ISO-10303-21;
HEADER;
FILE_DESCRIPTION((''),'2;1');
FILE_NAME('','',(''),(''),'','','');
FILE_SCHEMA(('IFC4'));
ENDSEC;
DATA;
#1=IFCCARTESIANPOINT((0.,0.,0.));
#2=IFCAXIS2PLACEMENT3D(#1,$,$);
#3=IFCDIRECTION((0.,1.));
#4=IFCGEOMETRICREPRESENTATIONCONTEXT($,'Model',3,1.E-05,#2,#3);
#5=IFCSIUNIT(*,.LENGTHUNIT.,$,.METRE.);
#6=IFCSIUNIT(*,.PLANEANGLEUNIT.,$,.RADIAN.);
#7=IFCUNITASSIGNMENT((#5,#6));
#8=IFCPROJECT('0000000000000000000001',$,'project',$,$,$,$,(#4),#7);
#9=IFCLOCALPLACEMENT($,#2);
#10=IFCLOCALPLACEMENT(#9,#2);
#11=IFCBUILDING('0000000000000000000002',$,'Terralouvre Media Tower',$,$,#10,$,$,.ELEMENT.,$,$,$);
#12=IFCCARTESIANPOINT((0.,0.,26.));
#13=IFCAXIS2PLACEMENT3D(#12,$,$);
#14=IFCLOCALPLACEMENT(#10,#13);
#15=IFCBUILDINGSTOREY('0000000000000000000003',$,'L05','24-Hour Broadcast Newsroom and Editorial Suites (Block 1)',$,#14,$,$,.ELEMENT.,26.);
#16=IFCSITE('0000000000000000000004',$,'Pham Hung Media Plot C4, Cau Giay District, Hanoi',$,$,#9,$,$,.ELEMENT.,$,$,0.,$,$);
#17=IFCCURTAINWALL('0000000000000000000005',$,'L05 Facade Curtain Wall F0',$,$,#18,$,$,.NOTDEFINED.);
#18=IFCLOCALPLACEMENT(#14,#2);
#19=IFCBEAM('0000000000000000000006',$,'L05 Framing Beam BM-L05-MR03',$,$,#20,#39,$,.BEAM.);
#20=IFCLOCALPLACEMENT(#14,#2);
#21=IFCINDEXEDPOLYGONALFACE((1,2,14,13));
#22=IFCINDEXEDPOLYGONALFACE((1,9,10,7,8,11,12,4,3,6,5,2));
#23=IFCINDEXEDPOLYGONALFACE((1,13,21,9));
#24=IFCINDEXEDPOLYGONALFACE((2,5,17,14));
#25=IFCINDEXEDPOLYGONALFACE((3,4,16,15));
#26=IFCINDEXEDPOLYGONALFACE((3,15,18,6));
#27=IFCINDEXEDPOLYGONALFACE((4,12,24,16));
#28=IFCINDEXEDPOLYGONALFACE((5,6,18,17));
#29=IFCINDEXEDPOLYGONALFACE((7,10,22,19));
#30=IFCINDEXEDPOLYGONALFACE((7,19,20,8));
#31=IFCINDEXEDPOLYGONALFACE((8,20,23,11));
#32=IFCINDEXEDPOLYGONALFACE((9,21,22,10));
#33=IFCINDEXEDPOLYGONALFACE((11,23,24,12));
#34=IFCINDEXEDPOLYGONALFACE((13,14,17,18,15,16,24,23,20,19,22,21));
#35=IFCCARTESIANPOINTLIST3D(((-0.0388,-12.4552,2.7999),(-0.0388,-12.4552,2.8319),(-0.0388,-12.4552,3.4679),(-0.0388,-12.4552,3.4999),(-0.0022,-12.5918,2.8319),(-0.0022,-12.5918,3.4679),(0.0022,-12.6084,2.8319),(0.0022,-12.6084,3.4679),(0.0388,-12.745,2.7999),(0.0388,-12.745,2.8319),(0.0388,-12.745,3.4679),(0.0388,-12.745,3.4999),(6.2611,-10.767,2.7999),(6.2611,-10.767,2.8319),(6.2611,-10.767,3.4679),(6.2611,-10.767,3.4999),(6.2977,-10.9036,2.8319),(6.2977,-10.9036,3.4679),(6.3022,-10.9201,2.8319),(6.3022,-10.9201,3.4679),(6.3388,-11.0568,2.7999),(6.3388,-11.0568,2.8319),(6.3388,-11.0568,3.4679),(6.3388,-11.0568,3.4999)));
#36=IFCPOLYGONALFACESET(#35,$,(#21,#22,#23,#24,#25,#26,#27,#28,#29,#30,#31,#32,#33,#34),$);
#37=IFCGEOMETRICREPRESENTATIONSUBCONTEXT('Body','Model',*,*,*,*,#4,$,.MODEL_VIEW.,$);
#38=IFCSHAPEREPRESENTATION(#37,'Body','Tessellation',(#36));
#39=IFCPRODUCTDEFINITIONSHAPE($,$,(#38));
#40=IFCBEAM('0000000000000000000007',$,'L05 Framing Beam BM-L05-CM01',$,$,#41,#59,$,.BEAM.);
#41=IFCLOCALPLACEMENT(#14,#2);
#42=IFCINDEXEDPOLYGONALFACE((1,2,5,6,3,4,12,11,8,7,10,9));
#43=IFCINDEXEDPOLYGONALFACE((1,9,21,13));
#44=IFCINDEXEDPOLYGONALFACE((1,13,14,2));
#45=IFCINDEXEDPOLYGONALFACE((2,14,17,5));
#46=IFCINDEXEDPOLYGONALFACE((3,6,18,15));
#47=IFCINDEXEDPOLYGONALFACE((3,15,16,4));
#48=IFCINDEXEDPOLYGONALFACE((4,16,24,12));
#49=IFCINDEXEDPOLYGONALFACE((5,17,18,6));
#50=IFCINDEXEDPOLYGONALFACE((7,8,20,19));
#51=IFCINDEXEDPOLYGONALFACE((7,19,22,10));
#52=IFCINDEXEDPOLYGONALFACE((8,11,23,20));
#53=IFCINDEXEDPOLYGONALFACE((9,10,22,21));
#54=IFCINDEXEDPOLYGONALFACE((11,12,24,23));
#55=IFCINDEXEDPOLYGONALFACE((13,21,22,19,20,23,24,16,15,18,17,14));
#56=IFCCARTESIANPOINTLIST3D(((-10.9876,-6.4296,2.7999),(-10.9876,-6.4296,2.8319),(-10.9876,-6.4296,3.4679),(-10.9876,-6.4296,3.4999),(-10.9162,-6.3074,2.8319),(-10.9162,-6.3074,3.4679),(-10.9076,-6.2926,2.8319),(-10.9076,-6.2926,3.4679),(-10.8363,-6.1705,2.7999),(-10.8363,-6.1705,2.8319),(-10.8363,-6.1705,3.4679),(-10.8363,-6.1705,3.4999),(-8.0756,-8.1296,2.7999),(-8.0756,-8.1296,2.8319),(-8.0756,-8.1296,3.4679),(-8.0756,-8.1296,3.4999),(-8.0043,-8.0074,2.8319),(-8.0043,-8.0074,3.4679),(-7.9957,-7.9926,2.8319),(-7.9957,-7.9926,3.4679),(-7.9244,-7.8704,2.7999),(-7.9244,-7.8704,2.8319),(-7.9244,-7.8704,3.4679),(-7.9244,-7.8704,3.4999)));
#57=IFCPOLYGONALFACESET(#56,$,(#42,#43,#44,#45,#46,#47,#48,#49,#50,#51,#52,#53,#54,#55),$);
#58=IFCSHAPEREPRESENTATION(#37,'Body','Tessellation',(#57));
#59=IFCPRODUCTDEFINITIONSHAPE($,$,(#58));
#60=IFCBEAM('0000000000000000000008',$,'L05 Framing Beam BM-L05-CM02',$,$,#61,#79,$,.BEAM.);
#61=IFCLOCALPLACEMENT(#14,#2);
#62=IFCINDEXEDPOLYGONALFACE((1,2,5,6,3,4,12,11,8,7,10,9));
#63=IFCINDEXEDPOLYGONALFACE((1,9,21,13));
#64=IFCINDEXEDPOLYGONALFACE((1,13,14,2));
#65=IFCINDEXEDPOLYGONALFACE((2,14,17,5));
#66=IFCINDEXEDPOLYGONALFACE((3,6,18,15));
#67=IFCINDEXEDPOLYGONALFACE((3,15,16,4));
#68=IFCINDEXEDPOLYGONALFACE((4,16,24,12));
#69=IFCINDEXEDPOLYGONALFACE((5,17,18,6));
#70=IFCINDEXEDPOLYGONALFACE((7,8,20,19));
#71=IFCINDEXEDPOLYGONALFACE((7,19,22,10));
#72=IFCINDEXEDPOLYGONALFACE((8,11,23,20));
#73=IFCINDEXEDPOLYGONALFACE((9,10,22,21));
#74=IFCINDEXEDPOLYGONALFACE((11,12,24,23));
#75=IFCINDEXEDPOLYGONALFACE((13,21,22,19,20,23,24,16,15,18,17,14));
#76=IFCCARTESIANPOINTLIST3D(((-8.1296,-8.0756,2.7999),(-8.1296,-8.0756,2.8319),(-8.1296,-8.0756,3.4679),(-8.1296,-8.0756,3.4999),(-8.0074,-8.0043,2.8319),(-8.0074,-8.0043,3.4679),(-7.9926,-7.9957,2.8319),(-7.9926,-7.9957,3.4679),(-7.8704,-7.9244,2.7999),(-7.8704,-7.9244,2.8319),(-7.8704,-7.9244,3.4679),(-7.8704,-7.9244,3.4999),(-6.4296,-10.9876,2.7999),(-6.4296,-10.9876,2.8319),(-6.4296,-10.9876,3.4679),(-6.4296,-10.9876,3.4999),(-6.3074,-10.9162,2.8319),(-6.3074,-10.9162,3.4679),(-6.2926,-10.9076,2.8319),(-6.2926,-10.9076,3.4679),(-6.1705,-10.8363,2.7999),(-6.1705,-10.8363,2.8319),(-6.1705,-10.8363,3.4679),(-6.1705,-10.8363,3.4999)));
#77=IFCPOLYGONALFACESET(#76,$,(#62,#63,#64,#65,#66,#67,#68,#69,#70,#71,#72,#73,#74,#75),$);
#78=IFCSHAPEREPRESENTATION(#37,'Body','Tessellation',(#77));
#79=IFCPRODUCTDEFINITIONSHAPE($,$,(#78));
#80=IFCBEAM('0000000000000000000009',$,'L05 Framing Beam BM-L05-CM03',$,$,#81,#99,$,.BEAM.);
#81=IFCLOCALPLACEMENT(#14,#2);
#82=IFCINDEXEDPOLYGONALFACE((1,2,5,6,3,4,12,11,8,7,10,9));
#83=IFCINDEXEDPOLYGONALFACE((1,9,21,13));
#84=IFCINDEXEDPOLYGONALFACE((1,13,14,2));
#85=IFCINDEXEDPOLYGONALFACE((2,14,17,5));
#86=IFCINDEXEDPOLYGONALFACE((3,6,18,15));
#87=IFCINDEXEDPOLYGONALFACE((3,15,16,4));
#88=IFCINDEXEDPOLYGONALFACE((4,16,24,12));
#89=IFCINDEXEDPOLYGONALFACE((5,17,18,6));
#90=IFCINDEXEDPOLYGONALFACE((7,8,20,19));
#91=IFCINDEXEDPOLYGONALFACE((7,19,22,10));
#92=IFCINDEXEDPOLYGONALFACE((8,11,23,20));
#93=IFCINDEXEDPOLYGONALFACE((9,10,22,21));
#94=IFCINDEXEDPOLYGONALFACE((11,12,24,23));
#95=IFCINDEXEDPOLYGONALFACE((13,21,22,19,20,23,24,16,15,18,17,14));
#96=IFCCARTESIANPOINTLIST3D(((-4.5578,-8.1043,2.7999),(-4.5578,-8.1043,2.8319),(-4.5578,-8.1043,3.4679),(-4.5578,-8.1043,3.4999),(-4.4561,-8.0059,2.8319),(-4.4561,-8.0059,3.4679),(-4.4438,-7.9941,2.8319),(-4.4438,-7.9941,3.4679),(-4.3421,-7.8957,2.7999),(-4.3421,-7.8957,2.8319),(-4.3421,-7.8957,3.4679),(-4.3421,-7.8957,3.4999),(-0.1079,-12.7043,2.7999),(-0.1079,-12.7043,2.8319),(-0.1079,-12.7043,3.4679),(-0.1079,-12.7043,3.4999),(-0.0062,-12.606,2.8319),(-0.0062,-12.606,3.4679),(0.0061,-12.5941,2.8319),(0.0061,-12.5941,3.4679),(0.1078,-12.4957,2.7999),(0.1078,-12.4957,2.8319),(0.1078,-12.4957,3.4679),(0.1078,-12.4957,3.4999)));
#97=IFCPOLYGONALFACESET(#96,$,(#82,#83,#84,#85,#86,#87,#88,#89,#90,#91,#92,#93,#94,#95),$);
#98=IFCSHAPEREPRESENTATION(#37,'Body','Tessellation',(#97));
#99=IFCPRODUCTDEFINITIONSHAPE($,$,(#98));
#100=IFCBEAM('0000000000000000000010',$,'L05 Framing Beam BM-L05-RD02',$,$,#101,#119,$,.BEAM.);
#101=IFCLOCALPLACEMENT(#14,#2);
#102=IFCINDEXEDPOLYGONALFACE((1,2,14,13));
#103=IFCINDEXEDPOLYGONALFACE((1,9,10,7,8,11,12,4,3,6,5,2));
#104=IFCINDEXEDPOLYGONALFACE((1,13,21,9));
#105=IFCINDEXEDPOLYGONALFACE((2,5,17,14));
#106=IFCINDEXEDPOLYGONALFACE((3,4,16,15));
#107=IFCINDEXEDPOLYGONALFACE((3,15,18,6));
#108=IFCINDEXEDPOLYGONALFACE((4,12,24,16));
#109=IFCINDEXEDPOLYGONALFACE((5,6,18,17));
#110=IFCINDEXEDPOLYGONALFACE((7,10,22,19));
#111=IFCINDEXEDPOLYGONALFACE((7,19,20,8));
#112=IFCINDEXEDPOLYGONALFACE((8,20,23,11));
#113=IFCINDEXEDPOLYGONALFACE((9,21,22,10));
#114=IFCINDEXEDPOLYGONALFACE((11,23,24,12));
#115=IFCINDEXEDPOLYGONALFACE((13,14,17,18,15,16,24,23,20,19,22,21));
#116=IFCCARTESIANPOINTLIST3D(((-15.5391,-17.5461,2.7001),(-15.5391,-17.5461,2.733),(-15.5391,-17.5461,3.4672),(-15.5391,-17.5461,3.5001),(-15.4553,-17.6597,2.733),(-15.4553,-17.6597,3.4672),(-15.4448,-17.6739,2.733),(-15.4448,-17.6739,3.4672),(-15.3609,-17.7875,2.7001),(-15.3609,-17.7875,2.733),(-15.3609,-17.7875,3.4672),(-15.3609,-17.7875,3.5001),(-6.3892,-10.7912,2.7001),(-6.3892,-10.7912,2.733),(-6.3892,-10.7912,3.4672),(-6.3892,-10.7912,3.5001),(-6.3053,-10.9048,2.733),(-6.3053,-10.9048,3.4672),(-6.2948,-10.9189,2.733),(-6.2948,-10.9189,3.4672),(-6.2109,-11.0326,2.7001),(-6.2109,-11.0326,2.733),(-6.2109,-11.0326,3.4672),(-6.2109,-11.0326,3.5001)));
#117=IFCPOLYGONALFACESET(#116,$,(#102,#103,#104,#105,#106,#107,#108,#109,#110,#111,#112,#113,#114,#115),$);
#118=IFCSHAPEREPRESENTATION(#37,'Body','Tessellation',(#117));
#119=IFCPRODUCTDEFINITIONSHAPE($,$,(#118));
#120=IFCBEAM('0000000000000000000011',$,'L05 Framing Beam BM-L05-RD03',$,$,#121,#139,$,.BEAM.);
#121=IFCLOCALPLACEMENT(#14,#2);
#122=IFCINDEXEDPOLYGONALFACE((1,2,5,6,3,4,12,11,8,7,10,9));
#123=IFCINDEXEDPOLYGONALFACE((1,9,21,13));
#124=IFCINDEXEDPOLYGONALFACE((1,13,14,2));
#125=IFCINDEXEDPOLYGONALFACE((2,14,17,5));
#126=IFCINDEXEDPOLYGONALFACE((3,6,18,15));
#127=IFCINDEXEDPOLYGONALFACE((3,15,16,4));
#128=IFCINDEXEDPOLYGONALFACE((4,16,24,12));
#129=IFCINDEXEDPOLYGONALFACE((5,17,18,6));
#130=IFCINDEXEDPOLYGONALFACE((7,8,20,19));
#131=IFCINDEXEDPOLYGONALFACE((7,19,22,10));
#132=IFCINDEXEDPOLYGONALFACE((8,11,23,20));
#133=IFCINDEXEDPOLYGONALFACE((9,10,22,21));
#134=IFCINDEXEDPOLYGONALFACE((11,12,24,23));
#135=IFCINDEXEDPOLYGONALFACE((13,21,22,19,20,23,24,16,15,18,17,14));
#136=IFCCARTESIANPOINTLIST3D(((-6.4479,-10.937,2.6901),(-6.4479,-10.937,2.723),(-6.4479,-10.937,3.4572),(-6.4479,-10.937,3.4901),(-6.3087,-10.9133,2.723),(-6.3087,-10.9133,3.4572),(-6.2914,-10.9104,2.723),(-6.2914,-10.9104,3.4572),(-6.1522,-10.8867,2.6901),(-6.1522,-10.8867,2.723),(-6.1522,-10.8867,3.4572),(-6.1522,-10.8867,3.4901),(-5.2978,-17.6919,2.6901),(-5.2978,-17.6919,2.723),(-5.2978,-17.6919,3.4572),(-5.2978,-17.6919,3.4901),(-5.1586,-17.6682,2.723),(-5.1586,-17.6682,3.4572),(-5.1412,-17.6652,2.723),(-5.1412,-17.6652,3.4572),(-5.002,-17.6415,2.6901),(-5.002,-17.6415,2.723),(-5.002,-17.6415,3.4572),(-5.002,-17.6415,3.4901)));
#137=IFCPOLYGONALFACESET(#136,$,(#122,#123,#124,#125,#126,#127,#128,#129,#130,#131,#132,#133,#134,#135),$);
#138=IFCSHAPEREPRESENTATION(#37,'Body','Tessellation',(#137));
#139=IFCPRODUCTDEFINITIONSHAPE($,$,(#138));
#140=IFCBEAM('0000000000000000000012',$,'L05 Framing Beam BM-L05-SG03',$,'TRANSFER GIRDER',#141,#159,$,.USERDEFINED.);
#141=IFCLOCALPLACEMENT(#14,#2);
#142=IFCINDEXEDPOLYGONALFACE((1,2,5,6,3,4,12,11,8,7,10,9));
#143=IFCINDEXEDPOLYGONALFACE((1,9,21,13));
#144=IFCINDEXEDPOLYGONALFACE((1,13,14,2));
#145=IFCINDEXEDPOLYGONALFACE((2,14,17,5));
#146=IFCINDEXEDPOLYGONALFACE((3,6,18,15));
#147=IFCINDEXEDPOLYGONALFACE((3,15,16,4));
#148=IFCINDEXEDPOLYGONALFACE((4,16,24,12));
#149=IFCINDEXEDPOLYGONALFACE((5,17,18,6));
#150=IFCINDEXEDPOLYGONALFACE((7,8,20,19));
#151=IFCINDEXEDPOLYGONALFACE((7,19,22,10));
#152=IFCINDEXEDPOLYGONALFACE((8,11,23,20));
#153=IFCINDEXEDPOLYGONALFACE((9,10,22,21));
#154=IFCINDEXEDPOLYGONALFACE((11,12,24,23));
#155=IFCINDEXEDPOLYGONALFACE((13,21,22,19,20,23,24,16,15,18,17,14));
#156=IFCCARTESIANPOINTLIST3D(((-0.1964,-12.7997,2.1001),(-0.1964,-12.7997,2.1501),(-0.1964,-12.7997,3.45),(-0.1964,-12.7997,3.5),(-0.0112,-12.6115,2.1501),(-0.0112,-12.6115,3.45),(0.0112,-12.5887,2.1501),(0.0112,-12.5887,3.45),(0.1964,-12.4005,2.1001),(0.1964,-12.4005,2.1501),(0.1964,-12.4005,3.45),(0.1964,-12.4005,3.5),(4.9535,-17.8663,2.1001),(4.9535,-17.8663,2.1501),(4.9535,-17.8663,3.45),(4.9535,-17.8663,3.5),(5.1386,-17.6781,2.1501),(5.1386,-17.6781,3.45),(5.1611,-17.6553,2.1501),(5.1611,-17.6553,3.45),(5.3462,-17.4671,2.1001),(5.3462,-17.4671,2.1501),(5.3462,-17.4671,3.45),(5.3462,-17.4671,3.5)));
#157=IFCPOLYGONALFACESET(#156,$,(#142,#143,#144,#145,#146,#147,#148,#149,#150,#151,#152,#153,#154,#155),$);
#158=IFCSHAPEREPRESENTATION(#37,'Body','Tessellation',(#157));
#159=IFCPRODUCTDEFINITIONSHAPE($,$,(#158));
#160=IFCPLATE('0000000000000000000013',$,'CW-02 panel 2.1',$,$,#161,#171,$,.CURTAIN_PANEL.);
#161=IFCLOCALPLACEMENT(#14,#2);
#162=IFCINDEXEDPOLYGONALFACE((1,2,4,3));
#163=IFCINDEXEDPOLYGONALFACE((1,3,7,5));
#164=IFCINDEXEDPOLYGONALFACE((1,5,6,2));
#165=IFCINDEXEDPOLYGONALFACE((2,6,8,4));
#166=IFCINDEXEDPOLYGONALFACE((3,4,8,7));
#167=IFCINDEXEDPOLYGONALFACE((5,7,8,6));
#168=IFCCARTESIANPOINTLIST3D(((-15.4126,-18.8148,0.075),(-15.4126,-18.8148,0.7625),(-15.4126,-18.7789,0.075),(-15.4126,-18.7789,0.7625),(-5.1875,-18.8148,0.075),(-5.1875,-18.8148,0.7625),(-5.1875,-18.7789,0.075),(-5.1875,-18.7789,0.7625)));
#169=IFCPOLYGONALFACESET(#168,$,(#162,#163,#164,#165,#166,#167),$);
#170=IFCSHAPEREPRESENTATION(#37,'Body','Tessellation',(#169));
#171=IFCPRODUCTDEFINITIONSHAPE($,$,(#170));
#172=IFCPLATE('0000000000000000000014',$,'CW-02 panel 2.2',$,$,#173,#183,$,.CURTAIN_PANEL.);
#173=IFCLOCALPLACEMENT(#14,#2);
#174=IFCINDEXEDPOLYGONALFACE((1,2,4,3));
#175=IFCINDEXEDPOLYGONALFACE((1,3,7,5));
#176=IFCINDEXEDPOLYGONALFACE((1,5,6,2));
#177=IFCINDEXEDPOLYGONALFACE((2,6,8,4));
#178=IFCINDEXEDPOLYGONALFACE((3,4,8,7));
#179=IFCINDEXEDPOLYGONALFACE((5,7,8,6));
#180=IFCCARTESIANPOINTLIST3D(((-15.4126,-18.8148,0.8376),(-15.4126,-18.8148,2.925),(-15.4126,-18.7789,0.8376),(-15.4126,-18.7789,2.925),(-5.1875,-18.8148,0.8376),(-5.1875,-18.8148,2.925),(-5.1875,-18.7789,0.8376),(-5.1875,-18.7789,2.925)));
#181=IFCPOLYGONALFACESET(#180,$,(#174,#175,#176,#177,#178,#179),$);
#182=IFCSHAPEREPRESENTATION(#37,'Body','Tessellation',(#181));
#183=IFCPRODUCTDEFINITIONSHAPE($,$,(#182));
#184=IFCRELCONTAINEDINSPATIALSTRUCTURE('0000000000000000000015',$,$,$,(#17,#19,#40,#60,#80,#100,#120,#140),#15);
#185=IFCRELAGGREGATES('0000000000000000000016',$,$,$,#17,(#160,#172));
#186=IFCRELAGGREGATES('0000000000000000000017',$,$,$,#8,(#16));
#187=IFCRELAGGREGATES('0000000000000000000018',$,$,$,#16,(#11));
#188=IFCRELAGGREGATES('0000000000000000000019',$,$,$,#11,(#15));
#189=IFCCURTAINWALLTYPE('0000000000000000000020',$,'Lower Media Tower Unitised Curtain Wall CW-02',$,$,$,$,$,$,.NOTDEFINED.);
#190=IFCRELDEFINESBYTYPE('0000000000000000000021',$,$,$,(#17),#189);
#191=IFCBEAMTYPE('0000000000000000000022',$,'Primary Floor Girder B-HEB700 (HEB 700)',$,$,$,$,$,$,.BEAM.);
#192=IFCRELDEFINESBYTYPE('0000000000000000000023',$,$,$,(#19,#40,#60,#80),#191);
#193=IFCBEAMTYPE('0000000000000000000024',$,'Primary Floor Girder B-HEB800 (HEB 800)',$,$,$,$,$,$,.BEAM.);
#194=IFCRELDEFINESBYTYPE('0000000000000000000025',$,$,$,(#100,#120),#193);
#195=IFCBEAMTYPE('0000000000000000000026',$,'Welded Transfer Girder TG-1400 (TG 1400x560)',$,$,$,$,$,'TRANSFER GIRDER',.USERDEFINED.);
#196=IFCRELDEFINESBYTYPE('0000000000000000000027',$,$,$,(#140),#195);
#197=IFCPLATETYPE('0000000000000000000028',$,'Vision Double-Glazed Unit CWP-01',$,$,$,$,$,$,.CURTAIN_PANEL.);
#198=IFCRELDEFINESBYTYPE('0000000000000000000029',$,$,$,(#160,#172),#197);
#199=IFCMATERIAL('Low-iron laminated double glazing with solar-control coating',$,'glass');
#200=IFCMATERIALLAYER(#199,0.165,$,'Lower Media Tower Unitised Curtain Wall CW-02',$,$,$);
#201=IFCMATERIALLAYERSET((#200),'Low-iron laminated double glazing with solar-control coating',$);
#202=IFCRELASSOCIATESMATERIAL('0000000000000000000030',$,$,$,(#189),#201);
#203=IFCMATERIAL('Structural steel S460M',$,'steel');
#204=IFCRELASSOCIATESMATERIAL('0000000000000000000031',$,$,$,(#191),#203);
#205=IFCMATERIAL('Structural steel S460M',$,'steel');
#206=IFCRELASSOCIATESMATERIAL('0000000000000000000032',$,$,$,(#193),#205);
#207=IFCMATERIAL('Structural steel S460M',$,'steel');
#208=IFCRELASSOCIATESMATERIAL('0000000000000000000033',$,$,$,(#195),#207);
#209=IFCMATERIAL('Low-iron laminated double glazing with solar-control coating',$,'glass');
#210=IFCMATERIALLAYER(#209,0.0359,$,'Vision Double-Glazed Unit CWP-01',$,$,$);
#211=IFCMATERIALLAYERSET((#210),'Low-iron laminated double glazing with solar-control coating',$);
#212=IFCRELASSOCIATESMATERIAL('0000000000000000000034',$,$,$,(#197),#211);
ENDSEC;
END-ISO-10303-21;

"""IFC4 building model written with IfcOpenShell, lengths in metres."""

from ifc_helpers import new_model, si_unit, direction, frame, origin, origin_2d, place, context, subcontext, project, spatial, rectangle, i_section, extrude, material, layer, layer_set, material_profile, profile_set, type_object, element, aggregate, save


model = new_model("IFC4")

# Units and contexts
model_context = context("Model", 3, precision=1e-05, world=origin(), true_north=direction((0.0, 1.0)))
body_context = subcontext(model_context, "Body", "Model", "MODEL_VIEW")
ifc_project = project(units=[si_unit("LENGTHUNIT", "METRE"), si_unit("PLANEANGLEUNIT", "RADIAN")], contexts=[model_context])

# Site, building, storey
site_placement = place(None, origin())
site = spatial("IfcSite", under=ifc_project, at=site_placement, Name="Pham Hung Media Plot C4, Cau Giay District, Hanoi", CompositionType="ELEMENT", RefElevation=0.0)
building_placement = place(site_placement, origin())
building = spatial("IfcBuilding", under=site, at=building_placement, Name="Terralouvre Media Tower", CompositionType="ELEMENT")
storey_placement = place(building_placement, frame((0.0, 0.0, 26.0)))
storey = spatial("IfcBuildingStorey", under=building, at=storey_placement, Name="L05", Description="24-Hour Broadcast Newsroom and Editorial Suites (Block 1)", CompositionType="ELEMENT", Elevation=26.0)

# Curtain wall
ifc_material_1 = material(Name="Low-iron laminated double glazing with solar-control coating", Category="glass")
ifc_layer_1 = layer(ifc_material_1, 0.165, Name="Lower Media Tower Unitised Curtain Wall CW-02")
ifc_layer_set_1 = layer_set([ifc_layer_1], Name="Low-iron laminated double glazing with solar-control coating")
curtain_wall_type = type_object("IfcCurtainWallType", Name="Lower Media Tower Unitised Curtain Wall CW-02", PredefinedType="NOTDEFINED", material=ifc_layer_set_1)
curtain_wall_placement = place(storey_placement, origin())
curtain_wall = element("IfcCurtainWall", 1, at=curtain_wall_placement, inside=storey, type_object=curtain_wall_type, Name="L05 Facade Curtain Wall F0", PredefinedType="NOTDEFINED")

# Beams
ifc_material_2 = material(Name="Structural steel S460M", Category="steel")
ifc_material_profile_1 = material_profile(ifc_material_2, i_section(OverallWidth=0.3, OverallDepth=0.7, WebThickness=0.0171, FlangeThickness=0.032, at=origin_2d()), Name="HEB 700")
ifc_profile_set_1 = profile_set([ifc_material_profile_1], Name="Structural steel S460M")
beam_type_1 = type_object("IfcBeamType", Name="Primary Floor Girder B-HEB700 (HEB 700)", PredefinedType="BEAM", material=ifc_profile_set_1)
for number, where, z_axis, x_axis, name in (
    (2, (0.0, -12.6001, 3.1499), (0.96592, 0.258839, 0.0), (-0.258839, 0.96592, 0.0), "L05 Framing Beam BM-L05-MR03"),
):
    element("IfcBeam", number, at=place(storey_placement, frame(where, z_axis=z_axis, x_axis=x_axis)), inside=storey, type_object=beam_type_1, Name=name, PredefinedType="BEAM", context=body_context, shape_type="SweptSolid", body=[
        extrude(i_section(OverallWidth=0.3, OverallDepth=0.7, WebThickness=0.0171, FlangeThickness=0.032, at=origin_2d()), origin(), (0.0, 0.0, 1.0), 6.5222),
    ])
for number, where, z_axis, x_axis, name in (
    (3, (-8.0, -8.0, 3.1499), (-0.863603, 0.504173, 0.0), (-0.504173, -0.863603, 0.0), "L05 Framing Beam BM-L05-CM01"),
    (4, (-8.0, -8.0, 3.1499), (0.504173, -0.863603, 0.0), (0.863603, 0.504173, 0.0), "L05 Framing Beam BM-L05-CM02"),
):
    element("IfcBeam", number, at=place(storey_placement, frame(where, z_axis=z_axis, x_axis=x_axis)), inside=storey, type_object=beam_type_1, Name=name, PredefinedType="BEAM", context=body_context, shape_type="SweptSolid", body=[
        extrude(i_section(OverallWidth=0.3, OverallDepth=0.7, WebThickness=0.0171, FlangeThickness=0.032, at=origin_2d()), origin(), (0.0, 0.0, 1.0), 3.3718),
    ])
beam_1_placement = place(storey_placement, frame((-4.45, -8.0, 3.1499), z_axis=(0.69528, -0.718739, 0.0), x_axis=(0.718739, 0.69528, 0.0)))
element("IfcBeam", 5, at=beam_1_placement, inside=storey, type_object=beam_type_1, Name="L05 Framing Beam BM-L05-CM03", PredefinedType="BEAM", context=body_context, shape_type="SweptSolid", body=[
    extrude(i_section(OverallWidth=0.3, OverallDepth=0.7, WebThickness=0.0171, FlangeThickness=0.032, at=origin_2d()), origin(), (0.0, 0.0, 1.0), 6.4001),
])
ifc_material_3 = material(Name="Structural steel S460M", Category="steel")
ifc_material_profile_2 = material_profile(ifc_material_3, i_section(OverallWidth=0.3, OverallDepth=0.8, WebThickness=0.0176, FlangeThickness=0.033, at=origin_2d()), Name="HEB 800")
ifc_profile_set_2 = profile_set([ifc_material_profile_2], Name="Structural steel S460M")
beam_type_2 = type_object("IfcBeamType", Name="Primary Floor Girder B-HEB800 (HEB 800)", PredefinedType="BEAM", material=ifc_profile_set_2)
beam_2_placement = place(storey_placement, frame((-6.3, -10.9119, 3.1001), z_axis=(-0.804516, -0.593931, 0.0), x_axis=(0.593931, -0.804516, 0.0)))
element("IfcBeam", 6, at=beam_2_placement, inside=storey, type_object=beam_type_2, Name="L05 Framing Beam BM-L05-RD02", PredefinedType="BEAM", context=body_context, shape_type="SweptSolid", body=[
    extrude(i_section(OverallWidth=0.3, OverallDepth=0.8, WebThickness=0.0176, FlangeThickness=0.033, at=origin_2d()), origin(), (0.0, 0.0, 1.0), 11.3733),
])
beam_3_placement = place(storey_placement, frame((-6.3, -10.9119, 3.0901), z_axis=(0.167853, -0.985812, 0.0), x_axis=(0.985812, 0.167853, 0.0)))
element("IfcBeam", 7, at=beam_3_placement, inside=storey, type_object=beam_type_2, Name="L05 Framing Beam BM-L05-RD03", PredefinedType="BEAM", context=body_context, shape_type="SweptSolid", body=[
    extrude(i_section(OverallWidth=0.3, OverallDepth=0.8, WebThickness=0.0176, FlangeThickness=0.033, at=origin_2d()), origin(), (0.0, 0.0, 1.0), 6.8521),
])
ifc_material_4 = material(Name="Structural steel S460M", Category="steel")
ifc_material_profile_3 = material_profile(ifc_material_4, i_section(OverallWidth=0.5601, OverallDepth=1.3999, WebThickness=0.032, FlangeThickness=0.05, at=origin_2d()), Name="TG 1400x560")
ifc_profile_set_3 = profile_set([ifc_material_profile_3], Name="Structural steel S460M")
beam_type_3 = type_object("IfcBeamType", Name="Welded Transfer Girder TG-1400 (TG 1400x560)", ElementType="TRANSFER GIRDER", PredefinedType="USERDEFINED", material=ifc_profile_set_3)
beam_4_placement = place(storey_placement, frame((0.0, -12.6001, 2.8), z_axis=(0.712845, -0.701321, 0.0), x_axis=(0.701321, 0.712845, 0.0)))
element("IfcBeam", 8, at=beam_4_placement, inside=storey, type_object=beam_type_3, Name="L05 Framing Beam BM-L05-SG03", ObjectType="TRANSFER GIRDER", PredefinedType="USERDEFINED", context=body_context, shape_type="SweptSolid", body=[
    extrude(i_section(OverallWidth=0.5601, OverallDepth=1.3999, WebThickness=0.032, FlangeThickness=0.05, at=origin_2d()), origin(), (0.0, 0.0, 1.0), 7.2244),
])

# Plates
ifc_material_5 = material(Name="Low-iron laminated double glazing with solar-control coating", Category="glass")
ifc_layer_2 = layer(ifc_material_5, 0.0359, Name="Vision Double-Glazed Unit CWP-01")
ifc_layer_set_2 = layer_set([ifc_layer_2], Name="Low-iron laminated double glazing with solar-control coating")
plate_type = type_object("IfcPlateType", Name="Vision Double-Glazed Unit CWP-01", PredefinedType="CURTAIN_PANEL", material=ifc_layer_set_2)
plate_1_placement = place(storey_placement, frame((-10.3, -18.7969, 0.075), z_axis=(0.0, 0.0, 1.0), x_axis=(1.0, 0.0, 0.0)))
plate_1 = element("IfcPlate", 9, at=plate_1_placement, type_object=plate_type, Name="CW-02 panel 2.1", PredefinedType="CURTAIN_PANEL", context=body_context, shape_type="SweptSolid", body=[
    extrude(rectangle(XDim=10.2251, YDim=0.0359, at=origin_2d()), origin(), (0.0, 0.0, 1.0), 0.6875),
])
plate_2_placement = place(storey_placement, frame((-10.3, -18.7969, 0.8376), z_axis=(0.0, 0.0, 1.0), x_axis=(1.0, 0.0, 0.0)))
plate_2 = element("IfcPlate", 10, at=plate_2_placement, type_object=plate_type, Name="CW-02 panel 2.2", PredefinedType="CURTAIN_PANEL", context=body_context, shape_type="SweptSolid", body=[
    extrude(rectangle(XDim=10.2251, YDim=0.0359, at=origin_2d()), origin(), (0.0, 0.0, 1.0), 2.0874),
])
aggregate(curtain_wall, [plate_1, plate_2])

save(model, "model.ifc")
